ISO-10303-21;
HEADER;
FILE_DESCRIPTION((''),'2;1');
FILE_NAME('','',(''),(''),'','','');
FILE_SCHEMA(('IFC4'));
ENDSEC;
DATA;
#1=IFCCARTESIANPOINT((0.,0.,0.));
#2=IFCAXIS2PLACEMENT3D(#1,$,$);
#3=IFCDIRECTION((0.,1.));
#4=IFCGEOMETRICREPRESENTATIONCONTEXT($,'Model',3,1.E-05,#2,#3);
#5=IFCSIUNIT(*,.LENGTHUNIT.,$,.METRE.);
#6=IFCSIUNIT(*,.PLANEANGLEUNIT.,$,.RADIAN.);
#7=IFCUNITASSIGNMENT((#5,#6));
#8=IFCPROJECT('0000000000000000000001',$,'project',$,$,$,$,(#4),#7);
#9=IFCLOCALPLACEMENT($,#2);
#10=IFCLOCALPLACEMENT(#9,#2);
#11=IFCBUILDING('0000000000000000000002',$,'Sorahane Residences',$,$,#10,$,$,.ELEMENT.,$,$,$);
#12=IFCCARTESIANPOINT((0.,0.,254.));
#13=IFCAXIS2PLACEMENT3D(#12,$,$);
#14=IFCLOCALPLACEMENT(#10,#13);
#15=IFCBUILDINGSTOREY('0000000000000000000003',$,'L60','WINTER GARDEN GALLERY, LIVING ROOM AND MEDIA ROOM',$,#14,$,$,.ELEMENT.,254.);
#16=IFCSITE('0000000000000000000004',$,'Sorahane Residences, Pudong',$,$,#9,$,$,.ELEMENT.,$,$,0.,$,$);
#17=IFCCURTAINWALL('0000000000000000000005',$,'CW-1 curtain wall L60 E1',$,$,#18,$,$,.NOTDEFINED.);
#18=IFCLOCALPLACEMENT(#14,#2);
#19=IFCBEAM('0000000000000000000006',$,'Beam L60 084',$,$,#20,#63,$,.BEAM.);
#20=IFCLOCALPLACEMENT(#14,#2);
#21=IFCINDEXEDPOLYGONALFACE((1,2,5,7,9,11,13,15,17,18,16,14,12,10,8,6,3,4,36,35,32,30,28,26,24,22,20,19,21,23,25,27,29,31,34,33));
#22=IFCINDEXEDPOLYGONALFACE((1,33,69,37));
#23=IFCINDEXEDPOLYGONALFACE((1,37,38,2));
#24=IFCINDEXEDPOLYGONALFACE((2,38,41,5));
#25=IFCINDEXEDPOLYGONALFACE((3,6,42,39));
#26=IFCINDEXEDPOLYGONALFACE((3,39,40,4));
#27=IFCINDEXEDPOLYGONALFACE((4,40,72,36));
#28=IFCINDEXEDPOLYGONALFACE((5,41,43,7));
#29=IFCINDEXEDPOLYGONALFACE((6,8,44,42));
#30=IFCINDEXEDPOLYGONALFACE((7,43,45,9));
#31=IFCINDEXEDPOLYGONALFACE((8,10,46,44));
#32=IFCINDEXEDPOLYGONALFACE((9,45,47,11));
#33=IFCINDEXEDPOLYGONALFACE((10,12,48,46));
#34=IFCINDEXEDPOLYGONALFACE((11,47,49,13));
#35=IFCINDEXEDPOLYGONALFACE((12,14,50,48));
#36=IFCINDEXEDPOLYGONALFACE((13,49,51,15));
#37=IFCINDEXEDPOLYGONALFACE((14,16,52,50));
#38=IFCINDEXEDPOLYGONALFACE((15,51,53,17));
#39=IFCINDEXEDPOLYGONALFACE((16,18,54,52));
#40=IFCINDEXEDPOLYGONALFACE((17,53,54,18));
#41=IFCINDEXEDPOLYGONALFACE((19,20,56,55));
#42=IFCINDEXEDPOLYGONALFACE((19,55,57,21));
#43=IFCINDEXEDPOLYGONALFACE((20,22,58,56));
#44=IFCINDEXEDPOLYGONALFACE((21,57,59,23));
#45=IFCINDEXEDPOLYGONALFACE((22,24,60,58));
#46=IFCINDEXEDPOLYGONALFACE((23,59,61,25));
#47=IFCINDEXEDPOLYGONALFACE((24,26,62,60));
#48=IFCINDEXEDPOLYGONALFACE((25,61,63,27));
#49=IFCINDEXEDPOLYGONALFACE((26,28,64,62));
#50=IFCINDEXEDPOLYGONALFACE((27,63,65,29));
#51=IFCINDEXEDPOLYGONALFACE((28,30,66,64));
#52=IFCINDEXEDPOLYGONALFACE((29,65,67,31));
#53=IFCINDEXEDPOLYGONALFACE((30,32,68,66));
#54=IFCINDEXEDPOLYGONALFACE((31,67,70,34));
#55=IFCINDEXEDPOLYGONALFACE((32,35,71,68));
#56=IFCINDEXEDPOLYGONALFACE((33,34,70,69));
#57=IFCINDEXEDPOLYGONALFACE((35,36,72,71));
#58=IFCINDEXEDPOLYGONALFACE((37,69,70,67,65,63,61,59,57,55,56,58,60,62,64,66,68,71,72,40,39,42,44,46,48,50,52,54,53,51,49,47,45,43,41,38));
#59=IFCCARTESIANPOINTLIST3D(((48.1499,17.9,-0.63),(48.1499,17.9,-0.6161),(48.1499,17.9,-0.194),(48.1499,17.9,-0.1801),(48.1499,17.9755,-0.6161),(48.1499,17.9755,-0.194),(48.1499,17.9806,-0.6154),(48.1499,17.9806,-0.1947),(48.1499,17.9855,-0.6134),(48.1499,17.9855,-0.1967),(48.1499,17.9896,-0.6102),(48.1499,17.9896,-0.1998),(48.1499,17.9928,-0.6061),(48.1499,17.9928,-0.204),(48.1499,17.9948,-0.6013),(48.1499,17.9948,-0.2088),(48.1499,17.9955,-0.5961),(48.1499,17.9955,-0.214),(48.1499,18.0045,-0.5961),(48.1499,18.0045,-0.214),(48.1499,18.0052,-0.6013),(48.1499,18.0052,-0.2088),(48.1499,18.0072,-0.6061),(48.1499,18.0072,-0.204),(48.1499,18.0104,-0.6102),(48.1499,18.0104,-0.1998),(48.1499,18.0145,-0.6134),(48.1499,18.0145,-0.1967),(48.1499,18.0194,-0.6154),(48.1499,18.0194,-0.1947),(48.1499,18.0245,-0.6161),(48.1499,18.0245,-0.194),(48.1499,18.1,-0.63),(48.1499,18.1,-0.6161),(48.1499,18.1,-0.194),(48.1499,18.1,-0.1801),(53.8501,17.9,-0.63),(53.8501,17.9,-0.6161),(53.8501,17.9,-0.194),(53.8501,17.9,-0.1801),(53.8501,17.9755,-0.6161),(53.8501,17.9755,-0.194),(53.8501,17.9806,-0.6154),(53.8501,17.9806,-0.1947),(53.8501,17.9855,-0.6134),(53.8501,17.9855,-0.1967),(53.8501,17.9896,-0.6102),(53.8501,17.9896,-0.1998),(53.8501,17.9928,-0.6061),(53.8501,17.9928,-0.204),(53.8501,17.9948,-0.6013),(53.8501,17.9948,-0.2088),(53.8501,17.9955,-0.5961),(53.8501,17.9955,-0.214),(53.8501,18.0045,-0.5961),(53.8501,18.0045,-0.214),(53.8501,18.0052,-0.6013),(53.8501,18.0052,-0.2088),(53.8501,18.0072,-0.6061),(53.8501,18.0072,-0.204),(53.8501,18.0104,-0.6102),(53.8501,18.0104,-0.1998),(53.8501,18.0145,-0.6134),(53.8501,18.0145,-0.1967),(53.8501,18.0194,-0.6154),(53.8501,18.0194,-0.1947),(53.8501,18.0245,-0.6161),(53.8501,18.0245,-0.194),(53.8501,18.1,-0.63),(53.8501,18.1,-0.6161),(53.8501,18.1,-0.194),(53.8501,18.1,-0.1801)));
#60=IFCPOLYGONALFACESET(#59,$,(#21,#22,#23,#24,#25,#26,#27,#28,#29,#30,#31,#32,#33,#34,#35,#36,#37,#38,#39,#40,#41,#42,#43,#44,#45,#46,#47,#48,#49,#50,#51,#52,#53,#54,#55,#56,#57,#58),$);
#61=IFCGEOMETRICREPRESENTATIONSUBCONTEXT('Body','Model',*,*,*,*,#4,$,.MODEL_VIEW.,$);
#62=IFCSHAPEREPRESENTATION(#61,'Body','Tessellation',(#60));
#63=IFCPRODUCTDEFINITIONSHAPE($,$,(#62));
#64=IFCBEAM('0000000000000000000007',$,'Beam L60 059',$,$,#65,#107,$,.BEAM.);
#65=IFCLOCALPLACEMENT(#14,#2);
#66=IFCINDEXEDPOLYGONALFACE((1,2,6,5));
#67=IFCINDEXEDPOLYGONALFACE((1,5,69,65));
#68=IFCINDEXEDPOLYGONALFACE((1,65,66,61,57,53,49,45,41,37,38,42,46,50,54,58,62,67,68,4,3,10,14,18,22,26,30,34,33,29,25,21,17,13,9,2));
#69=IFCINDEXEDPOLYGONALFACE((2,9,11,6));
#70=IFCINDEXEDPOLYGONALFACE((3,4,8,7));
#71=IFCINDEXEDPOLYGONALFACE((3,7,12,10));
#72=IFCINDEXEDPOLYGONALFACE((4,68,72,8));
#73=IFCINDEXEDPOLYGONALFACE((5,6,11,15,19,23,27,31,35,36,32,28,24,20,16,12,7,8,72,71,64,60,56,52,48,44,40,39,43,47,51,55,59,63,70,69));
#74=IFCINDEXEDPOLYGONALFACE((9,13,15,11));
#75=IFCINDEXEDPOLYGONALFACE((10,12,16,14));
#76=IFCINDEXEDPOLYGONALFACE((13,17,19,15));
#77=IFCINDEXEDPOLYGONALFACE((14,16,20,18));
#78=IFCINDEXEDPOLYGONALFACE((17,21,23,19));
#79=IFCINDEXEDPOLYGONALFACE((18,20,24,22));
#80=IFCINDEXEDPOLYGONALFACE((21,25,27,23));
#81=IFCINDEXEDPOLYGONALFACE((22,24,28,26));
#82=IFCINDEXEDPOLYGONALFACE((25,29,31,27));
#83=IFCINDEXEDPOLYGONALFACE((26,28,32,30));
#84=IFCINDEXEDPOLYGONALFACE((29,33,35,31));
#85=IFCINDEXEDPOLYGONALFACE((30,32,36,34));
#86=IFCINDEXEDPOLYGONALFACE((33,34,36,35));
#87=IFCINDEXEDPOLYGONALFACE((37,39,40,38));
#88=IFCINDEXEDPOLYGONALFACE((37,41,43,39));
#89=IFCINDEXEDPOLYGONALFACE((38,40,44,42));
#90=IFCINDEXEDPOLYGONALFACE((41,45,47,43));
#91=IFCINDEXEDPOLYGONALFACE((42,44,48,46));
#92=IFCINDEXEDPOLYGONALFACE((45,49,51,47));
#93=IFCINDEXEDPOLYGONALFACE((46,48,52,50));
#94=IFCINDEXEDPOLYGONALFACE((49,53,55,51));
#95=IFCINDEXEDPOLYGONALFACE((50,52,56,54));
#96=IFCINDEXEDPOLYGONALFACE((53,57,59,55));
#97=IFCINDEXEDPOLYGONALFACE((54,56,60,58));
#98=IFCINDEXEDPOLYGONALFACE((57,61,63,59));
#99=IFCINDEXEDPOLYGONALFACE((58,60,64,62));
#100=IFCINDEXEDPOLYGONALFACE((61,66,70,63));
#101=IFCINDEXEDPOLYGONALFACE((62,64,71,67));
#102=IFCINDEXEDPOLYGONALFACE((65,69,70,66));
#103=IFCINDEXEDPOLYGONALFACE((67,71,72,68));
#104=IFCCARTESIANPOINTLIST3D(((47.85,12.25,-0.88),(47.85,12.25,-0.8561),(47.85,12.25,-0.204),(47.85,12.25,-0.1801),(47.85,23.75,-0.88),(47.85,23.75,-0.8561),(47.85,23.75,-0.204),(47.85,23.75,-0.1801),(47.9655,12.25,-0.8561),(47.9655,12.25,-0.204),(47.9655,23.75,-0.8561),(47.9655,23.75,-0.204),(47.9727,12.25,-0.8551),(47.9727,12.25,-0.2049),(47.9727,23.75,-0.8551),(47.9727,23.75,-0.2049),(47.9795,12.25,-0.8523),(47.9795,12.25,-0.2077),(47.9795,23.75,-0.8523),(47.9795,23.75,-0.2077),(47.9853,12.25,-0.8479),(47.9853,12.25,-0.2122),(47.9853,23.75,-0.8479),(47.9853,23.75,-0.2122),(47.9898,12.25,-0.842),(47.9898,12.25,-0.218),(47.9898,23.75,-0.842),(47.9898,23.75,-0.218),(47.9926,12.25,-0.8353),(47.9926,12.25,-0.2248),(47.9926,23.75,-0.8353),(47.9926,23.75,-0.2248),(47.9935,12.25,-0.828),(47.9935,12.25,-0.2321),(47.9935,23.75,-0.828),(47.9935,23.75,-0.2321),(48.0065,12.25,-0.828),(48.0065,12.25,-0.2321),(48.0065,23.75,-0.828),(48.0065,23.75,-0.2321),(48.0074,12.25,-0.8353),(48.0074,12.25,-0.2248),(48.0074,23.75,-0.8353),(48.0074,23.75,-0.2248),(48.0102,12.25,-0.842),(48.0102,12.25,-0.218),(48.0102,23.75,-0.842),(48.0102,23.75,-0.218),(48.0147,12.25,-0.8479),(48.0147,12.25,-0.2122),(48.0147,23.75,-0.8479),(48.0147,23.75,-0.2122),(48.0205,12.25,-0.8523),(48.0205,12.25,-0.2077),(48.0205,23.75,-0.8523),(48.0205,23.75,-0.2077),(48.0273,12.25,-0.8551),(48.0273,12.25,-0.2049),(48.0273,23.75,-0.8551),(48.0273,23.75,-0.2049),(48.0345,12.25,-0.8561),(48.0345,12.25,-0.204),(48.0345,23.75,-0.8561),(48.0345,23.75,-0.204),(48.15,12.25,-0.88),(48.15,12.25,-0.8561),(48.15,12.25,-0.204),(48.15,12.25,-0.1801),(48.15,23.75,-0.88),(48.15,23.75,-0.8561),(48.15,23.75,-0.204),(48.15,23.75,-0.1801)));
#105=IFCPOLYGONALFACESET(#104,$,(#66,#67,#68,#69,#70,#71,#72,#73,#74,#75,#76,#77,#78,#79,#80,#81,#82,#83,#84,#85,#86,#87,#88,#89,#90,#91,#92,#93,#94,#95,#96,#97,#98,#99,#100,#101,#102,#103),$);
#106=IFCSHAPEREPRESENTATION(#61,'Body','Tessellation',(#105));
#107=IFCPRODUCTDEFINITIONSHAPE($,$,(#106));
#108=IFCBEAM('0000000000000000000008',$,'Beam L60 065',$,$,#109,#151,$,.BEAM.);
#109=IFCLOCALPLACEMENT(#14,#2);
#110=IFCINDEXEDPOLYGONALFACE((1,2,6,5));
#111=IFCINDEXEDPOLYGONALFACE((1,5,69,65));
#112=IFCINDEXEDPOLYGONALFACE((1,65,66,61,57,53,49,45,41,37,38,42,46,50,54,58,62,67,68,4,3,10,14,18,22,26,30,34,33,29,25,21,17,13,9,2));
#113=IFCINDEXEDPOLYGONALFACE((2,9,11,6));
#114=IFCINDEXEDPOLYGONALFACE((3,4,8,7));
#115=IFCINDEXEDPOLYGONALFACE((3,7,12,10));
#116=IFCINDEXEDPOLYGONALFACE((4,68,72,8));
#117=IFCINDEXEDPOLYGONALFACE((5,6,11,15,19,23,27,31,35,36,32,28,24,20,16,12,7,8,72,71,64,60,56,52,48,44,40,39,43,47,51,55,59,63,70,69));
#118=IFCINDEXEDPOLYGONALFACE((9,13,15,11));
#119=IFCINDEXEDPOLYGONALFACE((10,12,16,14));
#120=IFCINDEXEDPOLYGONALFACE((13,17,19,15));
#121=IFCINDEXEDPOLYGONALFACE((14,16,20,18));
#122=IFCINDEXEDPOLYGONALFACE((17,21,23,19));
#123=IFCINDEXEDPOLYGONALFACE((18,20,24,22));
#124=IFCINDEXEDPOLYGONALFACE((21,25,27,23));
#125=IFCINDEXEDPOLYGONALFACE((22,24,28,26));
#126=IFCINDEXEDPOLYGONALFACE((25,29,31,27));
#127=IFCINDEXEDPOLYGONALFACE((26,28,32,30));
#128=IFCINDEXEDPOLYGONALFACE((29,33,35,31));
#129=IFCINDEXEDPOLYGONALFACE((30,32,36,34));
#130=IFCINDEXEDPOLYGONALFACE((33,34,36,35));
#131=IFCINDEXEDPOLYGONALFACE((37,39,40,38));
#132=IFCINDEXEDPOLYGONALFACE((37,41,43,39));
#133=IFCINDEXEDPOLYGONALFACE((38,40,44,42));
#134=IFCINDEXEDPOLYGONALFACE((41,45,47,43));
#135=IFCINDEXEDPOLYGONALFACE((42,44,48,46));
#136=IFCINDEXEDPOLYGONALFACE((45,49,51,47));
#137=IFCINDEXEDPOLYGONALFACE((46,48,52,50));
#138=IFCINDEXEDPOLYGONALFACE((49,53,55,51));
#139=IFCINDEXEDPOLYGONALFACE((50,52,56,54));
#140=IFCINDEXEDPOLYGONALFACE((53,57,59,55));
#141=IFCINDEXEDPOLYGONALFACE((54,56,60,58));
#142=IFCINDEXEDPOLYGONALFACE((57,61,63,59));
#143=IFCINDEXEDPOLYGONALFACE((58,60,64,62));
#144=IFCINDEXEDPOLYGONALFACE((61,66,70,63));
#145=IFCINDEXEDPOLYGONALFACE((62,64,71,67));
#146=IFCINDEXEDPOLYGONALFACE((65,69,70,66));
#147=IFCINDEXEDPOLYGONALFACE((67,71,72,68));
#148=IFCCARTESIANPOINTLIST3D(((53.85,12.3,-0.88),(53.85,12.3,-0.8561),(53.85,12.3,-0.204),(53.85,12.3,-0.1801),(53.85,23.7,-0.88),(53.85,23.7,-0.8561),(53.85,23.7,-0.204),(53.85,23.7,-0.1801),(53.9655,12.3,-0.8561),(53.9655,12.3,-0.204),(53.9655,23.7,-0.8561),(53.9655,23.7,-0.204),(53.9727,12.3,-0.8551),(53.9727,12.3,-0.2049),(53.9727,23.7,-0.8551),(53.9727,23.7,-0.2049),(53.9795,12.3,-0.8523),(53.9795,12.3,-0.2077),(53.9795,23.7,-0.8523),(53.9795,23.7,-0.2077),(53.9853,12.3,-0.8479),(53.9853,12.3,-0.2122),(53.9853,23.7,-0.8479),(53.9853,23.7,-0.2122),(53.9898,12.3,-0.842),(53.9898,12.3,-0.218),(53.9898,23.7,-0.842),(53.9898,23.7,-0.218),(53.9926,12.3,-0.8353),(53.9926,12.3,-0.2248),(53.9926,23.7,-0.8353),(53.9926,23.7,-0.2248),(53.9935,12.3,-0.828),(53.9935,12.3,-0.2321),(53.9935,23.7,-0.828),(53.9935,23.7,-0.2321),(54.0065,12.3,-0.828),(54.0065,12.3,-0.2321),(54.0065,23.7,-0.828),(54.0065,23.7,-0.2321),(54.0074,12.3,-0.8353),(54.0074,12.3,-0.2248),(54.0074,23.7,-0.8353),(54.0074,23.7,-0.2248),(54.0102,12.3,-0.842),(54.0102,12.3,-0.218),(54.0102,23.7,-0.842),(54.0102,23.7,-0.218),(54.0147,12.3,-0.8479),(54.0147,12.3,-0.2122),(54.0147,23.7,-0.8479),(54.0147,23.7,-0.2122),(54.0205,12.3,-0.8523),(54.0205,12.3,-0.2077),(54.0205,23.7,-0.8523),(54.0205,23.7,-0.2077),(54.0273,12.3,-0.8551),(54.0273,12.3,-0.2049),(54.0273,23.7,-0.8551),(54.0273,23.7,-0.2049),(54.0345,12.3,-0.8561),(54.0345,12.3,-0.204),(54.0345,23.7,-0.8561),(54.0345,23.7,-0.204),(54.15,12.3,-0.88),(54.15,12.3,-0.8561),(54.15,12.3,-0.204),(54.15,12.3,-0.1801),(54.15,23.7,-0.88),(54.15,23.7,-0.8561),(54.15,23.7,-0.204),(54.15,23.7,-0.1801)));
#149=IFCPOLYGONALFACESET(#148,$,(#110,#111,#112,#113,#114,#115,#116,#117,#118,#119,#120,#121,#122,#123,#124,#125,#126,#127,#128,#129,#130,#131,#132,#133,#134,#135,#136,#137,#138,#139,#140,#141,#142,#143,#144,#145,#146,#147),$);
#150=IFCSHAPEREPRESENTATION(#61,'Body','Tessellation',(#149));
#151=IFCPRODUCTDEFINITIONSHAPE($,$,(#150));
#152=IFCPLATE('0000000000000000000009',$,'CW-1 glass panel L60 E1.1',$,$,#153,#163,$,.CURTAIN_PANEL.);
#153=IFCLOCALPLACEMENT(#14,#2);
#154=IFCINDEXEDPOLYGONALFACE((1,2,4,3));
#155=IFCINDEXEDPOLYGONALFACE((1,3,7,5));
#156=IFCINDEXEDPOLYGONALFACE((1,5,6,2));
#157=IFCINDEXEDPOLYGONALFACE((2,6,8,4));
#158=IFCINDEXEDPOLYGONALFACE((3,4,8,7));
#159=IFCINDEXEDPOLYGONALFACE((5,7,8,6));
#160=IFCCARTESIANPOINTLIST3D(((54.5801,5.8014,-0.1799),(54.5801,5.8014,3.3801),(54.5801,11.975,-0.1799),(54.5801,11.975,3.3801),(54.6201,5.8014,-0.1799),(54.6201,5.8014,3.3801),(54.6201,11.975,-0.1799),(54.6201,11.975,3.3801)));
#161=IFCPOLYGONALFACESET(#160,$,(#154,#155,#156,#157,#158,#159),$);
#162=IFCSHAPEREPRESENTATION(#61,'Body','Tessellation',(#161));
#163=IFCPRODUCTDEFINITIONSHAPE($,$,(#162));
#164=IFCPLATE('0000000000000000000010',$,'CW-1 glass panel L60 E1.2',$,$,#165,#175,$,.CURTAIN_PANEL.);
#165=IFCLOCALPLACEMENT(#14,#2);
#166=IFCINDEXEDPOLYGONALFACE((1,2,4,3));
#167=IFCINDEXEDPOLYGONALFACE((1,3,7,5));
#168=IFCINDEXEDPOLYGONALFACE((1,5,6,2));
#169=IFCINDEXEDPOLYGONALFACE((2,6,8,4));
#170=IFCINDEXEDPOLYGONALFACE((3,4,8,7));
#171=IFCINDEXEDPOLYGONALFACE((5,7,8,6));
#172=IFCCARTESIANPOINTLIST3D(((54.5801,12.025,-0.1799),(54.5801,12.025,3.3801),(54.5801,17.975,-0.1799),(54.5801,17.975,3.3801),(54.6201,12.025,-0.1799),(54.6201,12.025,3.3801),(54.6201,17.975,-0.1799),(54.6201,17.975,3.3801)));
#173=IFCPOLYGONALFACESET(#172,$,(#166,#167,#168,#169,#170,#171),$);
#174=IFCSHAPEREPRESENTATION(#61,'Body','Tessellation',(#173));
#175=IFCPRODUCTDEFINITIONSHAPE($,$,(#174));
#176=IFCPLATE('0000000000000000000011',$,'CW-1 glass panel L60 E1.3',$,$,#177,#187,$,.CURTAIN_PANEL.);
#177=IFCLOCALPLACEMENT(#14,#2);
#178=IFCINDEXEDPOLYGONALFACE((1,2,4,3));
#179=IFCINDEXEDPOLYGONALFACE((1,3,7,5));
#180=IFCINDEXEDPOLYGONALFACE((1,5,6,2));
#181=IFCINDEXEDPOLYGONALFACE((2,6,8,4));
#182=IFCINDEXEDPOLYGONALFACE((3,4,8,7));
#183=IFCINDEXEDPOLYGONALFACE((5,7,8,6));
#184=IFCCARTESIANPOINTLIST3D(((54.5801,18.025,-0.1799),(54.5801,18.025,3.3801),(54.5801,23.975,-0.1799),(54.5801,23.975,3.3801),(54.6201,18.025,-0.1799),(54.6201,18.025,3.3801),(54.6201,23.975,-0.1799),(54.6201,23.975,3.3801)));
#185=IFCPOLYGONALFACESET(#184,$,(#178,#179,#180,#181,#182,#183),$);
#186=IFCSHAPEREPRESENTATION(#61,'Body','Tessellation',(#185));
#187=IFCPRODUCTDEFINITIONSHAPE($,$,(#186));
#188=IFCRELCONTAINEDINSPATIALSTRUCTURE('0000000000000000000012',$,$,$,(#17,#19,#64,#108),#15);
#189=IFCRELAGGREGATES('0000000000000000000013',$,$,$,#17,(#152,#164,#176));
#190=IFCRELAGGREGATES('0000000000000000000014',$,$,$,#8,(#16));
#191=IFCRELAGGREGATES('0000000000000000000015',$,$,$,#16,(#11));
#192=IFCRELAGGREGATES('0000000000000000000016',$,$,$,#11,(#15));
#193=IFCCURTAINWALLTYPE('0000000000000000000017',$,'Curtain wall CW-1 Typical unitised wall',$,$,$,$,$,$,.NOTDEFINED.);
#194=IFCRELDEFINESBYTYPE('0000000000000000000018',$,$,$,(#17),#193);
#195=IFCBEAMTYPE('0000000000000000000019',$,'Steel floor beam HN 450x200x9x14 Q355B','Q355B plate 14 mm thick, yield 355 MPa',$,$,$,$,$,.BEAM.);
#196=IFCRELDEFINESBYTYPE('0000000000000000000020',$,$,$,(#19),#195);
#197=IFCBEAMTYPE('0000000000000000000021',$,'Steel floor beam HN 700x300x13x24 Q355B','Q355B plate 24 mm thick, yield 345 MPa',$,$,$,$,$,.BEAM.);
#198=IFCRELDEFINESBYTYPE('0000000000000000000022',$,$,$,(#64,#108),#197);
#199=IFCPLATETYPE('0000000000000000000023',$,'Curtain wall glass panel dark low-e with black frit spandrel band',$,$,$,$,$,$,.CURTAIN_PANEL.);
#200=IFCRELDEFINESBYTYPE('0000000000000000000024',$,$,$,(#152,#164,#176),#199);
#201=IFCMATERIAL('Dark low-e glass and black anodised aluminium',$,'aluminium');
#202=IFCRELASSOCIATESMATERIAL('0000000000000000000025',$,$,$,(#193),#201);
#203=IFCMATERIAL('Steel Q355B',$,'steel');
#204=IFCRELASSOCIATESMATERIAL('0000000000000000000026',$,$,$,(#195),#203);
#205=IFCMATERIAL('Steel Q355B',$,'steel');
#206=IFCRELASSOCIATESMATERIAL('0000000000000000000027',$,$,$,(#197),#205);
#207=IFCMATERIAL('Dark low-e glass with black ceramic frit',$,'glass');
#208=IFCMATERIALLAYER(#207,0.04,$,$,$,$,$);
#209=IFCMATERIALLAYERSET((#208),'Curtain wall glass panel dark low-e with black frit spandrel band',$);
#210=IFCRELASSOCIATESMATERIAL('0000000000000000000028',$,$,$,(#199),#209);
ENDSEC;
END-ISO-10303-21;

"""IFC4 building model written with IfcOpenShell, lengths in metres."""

from ifc_helpers import new_model, si_unit, direction, frame, origin, origin_2d, place, context, subcontext, project, spatial, rectangle, i_section, extrude, material, layer, layer_set, material_profile, profile_set, type_object, element, aggregate, save


model = new_model("IFC4")

# Units and contexts
model_context = context("Model", 3, precision=1e-05, world=origin(), true_north=direction((0.0, 1.0)))
body_context = subcontext(model_context, "Body", "Model", "MODEL_VIEW")
ifc_project = project(units=[si_unit("LENGTHUNIT", "METRE"), si_unit("PLANEANGLEUNIT", "RADIAN")], contexts=[model_context])

# Site, building, storey
site_placement = place(None, origin())
site = spatial("IfcSite", under=ifc_project, at=site_placement, Name="Sorahane Residences, Pudong", CompositionType="ELEMENT", RefElevation=0.0)
building_placement = place(site_placement, origin())
building = spatial("IfcBuilding", under=site, at=building_placement, Name="Sorahane Residences", CompositionType="ELEMENT")
storey_placement = place(building_placement, frame((0.0, 0.0, 254.0)))
storey = spatial("IfcBuildingStorey", under=building, at=storey_placement, Name="L60", Description="WINTER GARDEN GALLERY, LIVING ROOM AND MEDIA ROOM", CompositionType="ELEMENT", Elevation=254.0)

# Curtain wall
ifc_material_1 = material(Name="Dark low-e glass and black anodised aluminium", Category="aluminium")
curtain_wall_type = type_object("IfcCurtainWallType", Name="Curtain wall CW-1 Typical unitised wall", PredefinedType="NOTDEFINED", material=ifc_material_1)
curtain_wall_placement = place(storey_placement, origin())
curtain_wall = element("IfcCurtainWall", 1, at=curtain_wall_placement, inside=storey, type_object=curtain_wall_type, Name="CW-1 curtain wall L60 E1", PredefinedType="NOTDEFINED")

# Beams
ifc_material_2 = material(Name="Steel Q355B", Category="steel")
ifc_material_profile_1 = material_profile(ifc_material_2, i_section(OverallWidth=0.2, OverallDepth=0.45, WebThickness=0.009, FlangeThickness=0.0139, FilletRadius=0.02, at=origin_2d()), Name="HN 450x200x9x14")
ifc_profile_set_1 = profile_set([ifc_material_profile_1], Name="Steel Q355B")
beam_type_1 = type_object("IfcBeamType", Name="Steel floor beam HN 450x200x9x14 Q355B", Description="Q355B plate 14 mm thick, yield 355 MPa", PredefinedType="BEAM", material=ifc_profile_set_1)
for number, where, z_axis, x_axis, name in (
    (2, (48.1499, 18.0, -0.405), (1.0, 0.0, 0.0), (0.0, 1.0, 0.0), "Beam L60 084"),
):
    element("IfcBeam", number, at=place(storey_placement, frame(where, z_axis=z_axis, x_axis=x_axis)), inside=storey, type_object=beam_type_1, Name=name, PredefinedType="BEAM", context=body_context, shape_type="SweptSolid", body=[
        extrude(i_section(OverallWidth=0.2, OverallDepth=0.45, WebThickness=0.009, FlangeThickness=0.0139, FilletRadius=0.02, at=origin_2d()), origin(), (0.0, 0.0, 1.0), 5.7002),
    ])
ifc_material_3 = material(Name="Steel Q355B", Category="steel")
ifc_material_profile_2 = material_profile(ifc_material_3, i_section(OverallWidth=0.3, OverallDepth=0.7, WebThickness=0.0129, FlangeThickness=0.0239, FilletRadius=0.0281, at=origin_2d()), Name="HN 700x300x13x24")
ifc_profile_set_2 = profile_set([ifc_material_profile_2], Name="Steel Q355B")
beam_type_2 = type_object("IfcBeamType", Name="Steel floor beam HN 700x300x13x24 Q355B", Description="Q355B plate 24 mm thick, yield 345 MPa", PredefinedType="BEAM", material=ifc_profile_set_2)
beam_1_placement = place(storey_placement, frame((48.0, 12.25, -0.53), z_axis=(0.0, 1.0, 0.0), x_axis=(-1.0, 0.0, 0.0)))
element("IfcBeam", 3, at=beam_1_placement, inside=storey, type_object=beam_type_2, Name="Beam L60 059", PredefinedType="BEAM", context=body_context, shape_type="SweptSolid", body=[
    extrude(i_section(OverallWidth=0.3, OverallDepth=0.7, WebThickness=0.0129, FlangeThickness=0.0239, FilletRadius=0.0281, at=origin_2d()), origin(), (0.0, 0.0, 1.0), 11.5),
])
beam_2_placement = place(storey_placement, frame((54.0, 12.3, -0.53), z_axis=(0.0, 1.0, 0.0), x_axis=(-1.0, 0.0, 0.0)))
element("IfcBeam", 4, at=beam_2_placement, inside=storey, type_object=beam_type_2, Name="Beam L60 065", PredefinedType="BEAM", context=body_context, shape_type="SweptSolid", body=[
    extrude(i_section(OverallWidth=0.3, OverallDepth=0.7, WebThickness=0.0129, FlangeThickness=0.0239, FilletRadius=0.0281, at=origin_2d()), origin(), (0.0, 0.0, 1.0), 11.3999),
])

# Plates
ifc_material_4 = material(Name="Dark low-e glass with black ceramic frit", Category="glass")
ifc_layer_1 = layer(ifc_material_4, 0.04)
ifc_layer_set_1 = layer_set([ifc_layer_1], Name="Curtain wall glass panel dark low-e with black frit spandrel band")
plate_type = type_object("IfcPlateType", Name="Curtain wall glass panel dark low-e with black frit spandrel band", PredefinedType="CURTAIN_PANEL", material=ifc_layer_set_1)
plate_1_placement = place(storey_placement, frame((54.6001, 8.8882, -0.1799), z_axis=(0.0, 0.0, 1.0), x_axis=(0.0, 1.0, 0.0)))
plate_1 = element("IfcPlate", 5, at=plate_1_placement, type_object=plate_type, Name="CW-1 glass panel L60 E1.1", PredefinedType="CURTAIN_PANEL", context=body_context, shape_type="SweptSolid", body=[
    extrude(rectangle(XDim=6.1736, YDim=0.04, at=origin_2d()), origin(), (0.0, 0.0, 1.0), 3.5601),
])
plate_2_placement = place(storey_placement, frame((54.6001, 15.0, -0.1799), z_axis=(0.0, 0.0, 1.0), x_axis=(0.0, 1.0, 0.0)))
plate_2 = element("IfcPlate", 6, at=plate_2_placement, type_object=plate_type, Name="CW-1 glass panel L60 E1.2", PredefinedType="CURTAIN_PANEL", context=body_context, shape_type="SweptSolid", body=[
    extrude(rectangle(XDim=5.95, YDim=0.04, at=origin_2d()), origin(), (0.0, 0.0, 1.0), 3.5601),
])
plate_3_placement = place(storey_placement, frame((54.6001, 21.0, -0.1799), z_axis=(0.0, 0.0, 1.0), x_axis=(0.0, 1.0, 0.0)))
plate_3 = element("IfcPlate", 7, at=plate_3_placement, type_object=plate_type, Name="CW-1 glass panel L60 E1.3", PredefinedType="CURTAIN_PANEL", context=body_context, shape_type="SweptSolid", body=[
    extrude(rectangle(XDim=5.95, YDim=0.04, at=origin_2d()), origin(), (0.0, 0.0, 1.0), 3.5601),
])
aggregate(curtain_wall, [plate_1, plate_2, plate_3])

save(model, "model.ifc")
